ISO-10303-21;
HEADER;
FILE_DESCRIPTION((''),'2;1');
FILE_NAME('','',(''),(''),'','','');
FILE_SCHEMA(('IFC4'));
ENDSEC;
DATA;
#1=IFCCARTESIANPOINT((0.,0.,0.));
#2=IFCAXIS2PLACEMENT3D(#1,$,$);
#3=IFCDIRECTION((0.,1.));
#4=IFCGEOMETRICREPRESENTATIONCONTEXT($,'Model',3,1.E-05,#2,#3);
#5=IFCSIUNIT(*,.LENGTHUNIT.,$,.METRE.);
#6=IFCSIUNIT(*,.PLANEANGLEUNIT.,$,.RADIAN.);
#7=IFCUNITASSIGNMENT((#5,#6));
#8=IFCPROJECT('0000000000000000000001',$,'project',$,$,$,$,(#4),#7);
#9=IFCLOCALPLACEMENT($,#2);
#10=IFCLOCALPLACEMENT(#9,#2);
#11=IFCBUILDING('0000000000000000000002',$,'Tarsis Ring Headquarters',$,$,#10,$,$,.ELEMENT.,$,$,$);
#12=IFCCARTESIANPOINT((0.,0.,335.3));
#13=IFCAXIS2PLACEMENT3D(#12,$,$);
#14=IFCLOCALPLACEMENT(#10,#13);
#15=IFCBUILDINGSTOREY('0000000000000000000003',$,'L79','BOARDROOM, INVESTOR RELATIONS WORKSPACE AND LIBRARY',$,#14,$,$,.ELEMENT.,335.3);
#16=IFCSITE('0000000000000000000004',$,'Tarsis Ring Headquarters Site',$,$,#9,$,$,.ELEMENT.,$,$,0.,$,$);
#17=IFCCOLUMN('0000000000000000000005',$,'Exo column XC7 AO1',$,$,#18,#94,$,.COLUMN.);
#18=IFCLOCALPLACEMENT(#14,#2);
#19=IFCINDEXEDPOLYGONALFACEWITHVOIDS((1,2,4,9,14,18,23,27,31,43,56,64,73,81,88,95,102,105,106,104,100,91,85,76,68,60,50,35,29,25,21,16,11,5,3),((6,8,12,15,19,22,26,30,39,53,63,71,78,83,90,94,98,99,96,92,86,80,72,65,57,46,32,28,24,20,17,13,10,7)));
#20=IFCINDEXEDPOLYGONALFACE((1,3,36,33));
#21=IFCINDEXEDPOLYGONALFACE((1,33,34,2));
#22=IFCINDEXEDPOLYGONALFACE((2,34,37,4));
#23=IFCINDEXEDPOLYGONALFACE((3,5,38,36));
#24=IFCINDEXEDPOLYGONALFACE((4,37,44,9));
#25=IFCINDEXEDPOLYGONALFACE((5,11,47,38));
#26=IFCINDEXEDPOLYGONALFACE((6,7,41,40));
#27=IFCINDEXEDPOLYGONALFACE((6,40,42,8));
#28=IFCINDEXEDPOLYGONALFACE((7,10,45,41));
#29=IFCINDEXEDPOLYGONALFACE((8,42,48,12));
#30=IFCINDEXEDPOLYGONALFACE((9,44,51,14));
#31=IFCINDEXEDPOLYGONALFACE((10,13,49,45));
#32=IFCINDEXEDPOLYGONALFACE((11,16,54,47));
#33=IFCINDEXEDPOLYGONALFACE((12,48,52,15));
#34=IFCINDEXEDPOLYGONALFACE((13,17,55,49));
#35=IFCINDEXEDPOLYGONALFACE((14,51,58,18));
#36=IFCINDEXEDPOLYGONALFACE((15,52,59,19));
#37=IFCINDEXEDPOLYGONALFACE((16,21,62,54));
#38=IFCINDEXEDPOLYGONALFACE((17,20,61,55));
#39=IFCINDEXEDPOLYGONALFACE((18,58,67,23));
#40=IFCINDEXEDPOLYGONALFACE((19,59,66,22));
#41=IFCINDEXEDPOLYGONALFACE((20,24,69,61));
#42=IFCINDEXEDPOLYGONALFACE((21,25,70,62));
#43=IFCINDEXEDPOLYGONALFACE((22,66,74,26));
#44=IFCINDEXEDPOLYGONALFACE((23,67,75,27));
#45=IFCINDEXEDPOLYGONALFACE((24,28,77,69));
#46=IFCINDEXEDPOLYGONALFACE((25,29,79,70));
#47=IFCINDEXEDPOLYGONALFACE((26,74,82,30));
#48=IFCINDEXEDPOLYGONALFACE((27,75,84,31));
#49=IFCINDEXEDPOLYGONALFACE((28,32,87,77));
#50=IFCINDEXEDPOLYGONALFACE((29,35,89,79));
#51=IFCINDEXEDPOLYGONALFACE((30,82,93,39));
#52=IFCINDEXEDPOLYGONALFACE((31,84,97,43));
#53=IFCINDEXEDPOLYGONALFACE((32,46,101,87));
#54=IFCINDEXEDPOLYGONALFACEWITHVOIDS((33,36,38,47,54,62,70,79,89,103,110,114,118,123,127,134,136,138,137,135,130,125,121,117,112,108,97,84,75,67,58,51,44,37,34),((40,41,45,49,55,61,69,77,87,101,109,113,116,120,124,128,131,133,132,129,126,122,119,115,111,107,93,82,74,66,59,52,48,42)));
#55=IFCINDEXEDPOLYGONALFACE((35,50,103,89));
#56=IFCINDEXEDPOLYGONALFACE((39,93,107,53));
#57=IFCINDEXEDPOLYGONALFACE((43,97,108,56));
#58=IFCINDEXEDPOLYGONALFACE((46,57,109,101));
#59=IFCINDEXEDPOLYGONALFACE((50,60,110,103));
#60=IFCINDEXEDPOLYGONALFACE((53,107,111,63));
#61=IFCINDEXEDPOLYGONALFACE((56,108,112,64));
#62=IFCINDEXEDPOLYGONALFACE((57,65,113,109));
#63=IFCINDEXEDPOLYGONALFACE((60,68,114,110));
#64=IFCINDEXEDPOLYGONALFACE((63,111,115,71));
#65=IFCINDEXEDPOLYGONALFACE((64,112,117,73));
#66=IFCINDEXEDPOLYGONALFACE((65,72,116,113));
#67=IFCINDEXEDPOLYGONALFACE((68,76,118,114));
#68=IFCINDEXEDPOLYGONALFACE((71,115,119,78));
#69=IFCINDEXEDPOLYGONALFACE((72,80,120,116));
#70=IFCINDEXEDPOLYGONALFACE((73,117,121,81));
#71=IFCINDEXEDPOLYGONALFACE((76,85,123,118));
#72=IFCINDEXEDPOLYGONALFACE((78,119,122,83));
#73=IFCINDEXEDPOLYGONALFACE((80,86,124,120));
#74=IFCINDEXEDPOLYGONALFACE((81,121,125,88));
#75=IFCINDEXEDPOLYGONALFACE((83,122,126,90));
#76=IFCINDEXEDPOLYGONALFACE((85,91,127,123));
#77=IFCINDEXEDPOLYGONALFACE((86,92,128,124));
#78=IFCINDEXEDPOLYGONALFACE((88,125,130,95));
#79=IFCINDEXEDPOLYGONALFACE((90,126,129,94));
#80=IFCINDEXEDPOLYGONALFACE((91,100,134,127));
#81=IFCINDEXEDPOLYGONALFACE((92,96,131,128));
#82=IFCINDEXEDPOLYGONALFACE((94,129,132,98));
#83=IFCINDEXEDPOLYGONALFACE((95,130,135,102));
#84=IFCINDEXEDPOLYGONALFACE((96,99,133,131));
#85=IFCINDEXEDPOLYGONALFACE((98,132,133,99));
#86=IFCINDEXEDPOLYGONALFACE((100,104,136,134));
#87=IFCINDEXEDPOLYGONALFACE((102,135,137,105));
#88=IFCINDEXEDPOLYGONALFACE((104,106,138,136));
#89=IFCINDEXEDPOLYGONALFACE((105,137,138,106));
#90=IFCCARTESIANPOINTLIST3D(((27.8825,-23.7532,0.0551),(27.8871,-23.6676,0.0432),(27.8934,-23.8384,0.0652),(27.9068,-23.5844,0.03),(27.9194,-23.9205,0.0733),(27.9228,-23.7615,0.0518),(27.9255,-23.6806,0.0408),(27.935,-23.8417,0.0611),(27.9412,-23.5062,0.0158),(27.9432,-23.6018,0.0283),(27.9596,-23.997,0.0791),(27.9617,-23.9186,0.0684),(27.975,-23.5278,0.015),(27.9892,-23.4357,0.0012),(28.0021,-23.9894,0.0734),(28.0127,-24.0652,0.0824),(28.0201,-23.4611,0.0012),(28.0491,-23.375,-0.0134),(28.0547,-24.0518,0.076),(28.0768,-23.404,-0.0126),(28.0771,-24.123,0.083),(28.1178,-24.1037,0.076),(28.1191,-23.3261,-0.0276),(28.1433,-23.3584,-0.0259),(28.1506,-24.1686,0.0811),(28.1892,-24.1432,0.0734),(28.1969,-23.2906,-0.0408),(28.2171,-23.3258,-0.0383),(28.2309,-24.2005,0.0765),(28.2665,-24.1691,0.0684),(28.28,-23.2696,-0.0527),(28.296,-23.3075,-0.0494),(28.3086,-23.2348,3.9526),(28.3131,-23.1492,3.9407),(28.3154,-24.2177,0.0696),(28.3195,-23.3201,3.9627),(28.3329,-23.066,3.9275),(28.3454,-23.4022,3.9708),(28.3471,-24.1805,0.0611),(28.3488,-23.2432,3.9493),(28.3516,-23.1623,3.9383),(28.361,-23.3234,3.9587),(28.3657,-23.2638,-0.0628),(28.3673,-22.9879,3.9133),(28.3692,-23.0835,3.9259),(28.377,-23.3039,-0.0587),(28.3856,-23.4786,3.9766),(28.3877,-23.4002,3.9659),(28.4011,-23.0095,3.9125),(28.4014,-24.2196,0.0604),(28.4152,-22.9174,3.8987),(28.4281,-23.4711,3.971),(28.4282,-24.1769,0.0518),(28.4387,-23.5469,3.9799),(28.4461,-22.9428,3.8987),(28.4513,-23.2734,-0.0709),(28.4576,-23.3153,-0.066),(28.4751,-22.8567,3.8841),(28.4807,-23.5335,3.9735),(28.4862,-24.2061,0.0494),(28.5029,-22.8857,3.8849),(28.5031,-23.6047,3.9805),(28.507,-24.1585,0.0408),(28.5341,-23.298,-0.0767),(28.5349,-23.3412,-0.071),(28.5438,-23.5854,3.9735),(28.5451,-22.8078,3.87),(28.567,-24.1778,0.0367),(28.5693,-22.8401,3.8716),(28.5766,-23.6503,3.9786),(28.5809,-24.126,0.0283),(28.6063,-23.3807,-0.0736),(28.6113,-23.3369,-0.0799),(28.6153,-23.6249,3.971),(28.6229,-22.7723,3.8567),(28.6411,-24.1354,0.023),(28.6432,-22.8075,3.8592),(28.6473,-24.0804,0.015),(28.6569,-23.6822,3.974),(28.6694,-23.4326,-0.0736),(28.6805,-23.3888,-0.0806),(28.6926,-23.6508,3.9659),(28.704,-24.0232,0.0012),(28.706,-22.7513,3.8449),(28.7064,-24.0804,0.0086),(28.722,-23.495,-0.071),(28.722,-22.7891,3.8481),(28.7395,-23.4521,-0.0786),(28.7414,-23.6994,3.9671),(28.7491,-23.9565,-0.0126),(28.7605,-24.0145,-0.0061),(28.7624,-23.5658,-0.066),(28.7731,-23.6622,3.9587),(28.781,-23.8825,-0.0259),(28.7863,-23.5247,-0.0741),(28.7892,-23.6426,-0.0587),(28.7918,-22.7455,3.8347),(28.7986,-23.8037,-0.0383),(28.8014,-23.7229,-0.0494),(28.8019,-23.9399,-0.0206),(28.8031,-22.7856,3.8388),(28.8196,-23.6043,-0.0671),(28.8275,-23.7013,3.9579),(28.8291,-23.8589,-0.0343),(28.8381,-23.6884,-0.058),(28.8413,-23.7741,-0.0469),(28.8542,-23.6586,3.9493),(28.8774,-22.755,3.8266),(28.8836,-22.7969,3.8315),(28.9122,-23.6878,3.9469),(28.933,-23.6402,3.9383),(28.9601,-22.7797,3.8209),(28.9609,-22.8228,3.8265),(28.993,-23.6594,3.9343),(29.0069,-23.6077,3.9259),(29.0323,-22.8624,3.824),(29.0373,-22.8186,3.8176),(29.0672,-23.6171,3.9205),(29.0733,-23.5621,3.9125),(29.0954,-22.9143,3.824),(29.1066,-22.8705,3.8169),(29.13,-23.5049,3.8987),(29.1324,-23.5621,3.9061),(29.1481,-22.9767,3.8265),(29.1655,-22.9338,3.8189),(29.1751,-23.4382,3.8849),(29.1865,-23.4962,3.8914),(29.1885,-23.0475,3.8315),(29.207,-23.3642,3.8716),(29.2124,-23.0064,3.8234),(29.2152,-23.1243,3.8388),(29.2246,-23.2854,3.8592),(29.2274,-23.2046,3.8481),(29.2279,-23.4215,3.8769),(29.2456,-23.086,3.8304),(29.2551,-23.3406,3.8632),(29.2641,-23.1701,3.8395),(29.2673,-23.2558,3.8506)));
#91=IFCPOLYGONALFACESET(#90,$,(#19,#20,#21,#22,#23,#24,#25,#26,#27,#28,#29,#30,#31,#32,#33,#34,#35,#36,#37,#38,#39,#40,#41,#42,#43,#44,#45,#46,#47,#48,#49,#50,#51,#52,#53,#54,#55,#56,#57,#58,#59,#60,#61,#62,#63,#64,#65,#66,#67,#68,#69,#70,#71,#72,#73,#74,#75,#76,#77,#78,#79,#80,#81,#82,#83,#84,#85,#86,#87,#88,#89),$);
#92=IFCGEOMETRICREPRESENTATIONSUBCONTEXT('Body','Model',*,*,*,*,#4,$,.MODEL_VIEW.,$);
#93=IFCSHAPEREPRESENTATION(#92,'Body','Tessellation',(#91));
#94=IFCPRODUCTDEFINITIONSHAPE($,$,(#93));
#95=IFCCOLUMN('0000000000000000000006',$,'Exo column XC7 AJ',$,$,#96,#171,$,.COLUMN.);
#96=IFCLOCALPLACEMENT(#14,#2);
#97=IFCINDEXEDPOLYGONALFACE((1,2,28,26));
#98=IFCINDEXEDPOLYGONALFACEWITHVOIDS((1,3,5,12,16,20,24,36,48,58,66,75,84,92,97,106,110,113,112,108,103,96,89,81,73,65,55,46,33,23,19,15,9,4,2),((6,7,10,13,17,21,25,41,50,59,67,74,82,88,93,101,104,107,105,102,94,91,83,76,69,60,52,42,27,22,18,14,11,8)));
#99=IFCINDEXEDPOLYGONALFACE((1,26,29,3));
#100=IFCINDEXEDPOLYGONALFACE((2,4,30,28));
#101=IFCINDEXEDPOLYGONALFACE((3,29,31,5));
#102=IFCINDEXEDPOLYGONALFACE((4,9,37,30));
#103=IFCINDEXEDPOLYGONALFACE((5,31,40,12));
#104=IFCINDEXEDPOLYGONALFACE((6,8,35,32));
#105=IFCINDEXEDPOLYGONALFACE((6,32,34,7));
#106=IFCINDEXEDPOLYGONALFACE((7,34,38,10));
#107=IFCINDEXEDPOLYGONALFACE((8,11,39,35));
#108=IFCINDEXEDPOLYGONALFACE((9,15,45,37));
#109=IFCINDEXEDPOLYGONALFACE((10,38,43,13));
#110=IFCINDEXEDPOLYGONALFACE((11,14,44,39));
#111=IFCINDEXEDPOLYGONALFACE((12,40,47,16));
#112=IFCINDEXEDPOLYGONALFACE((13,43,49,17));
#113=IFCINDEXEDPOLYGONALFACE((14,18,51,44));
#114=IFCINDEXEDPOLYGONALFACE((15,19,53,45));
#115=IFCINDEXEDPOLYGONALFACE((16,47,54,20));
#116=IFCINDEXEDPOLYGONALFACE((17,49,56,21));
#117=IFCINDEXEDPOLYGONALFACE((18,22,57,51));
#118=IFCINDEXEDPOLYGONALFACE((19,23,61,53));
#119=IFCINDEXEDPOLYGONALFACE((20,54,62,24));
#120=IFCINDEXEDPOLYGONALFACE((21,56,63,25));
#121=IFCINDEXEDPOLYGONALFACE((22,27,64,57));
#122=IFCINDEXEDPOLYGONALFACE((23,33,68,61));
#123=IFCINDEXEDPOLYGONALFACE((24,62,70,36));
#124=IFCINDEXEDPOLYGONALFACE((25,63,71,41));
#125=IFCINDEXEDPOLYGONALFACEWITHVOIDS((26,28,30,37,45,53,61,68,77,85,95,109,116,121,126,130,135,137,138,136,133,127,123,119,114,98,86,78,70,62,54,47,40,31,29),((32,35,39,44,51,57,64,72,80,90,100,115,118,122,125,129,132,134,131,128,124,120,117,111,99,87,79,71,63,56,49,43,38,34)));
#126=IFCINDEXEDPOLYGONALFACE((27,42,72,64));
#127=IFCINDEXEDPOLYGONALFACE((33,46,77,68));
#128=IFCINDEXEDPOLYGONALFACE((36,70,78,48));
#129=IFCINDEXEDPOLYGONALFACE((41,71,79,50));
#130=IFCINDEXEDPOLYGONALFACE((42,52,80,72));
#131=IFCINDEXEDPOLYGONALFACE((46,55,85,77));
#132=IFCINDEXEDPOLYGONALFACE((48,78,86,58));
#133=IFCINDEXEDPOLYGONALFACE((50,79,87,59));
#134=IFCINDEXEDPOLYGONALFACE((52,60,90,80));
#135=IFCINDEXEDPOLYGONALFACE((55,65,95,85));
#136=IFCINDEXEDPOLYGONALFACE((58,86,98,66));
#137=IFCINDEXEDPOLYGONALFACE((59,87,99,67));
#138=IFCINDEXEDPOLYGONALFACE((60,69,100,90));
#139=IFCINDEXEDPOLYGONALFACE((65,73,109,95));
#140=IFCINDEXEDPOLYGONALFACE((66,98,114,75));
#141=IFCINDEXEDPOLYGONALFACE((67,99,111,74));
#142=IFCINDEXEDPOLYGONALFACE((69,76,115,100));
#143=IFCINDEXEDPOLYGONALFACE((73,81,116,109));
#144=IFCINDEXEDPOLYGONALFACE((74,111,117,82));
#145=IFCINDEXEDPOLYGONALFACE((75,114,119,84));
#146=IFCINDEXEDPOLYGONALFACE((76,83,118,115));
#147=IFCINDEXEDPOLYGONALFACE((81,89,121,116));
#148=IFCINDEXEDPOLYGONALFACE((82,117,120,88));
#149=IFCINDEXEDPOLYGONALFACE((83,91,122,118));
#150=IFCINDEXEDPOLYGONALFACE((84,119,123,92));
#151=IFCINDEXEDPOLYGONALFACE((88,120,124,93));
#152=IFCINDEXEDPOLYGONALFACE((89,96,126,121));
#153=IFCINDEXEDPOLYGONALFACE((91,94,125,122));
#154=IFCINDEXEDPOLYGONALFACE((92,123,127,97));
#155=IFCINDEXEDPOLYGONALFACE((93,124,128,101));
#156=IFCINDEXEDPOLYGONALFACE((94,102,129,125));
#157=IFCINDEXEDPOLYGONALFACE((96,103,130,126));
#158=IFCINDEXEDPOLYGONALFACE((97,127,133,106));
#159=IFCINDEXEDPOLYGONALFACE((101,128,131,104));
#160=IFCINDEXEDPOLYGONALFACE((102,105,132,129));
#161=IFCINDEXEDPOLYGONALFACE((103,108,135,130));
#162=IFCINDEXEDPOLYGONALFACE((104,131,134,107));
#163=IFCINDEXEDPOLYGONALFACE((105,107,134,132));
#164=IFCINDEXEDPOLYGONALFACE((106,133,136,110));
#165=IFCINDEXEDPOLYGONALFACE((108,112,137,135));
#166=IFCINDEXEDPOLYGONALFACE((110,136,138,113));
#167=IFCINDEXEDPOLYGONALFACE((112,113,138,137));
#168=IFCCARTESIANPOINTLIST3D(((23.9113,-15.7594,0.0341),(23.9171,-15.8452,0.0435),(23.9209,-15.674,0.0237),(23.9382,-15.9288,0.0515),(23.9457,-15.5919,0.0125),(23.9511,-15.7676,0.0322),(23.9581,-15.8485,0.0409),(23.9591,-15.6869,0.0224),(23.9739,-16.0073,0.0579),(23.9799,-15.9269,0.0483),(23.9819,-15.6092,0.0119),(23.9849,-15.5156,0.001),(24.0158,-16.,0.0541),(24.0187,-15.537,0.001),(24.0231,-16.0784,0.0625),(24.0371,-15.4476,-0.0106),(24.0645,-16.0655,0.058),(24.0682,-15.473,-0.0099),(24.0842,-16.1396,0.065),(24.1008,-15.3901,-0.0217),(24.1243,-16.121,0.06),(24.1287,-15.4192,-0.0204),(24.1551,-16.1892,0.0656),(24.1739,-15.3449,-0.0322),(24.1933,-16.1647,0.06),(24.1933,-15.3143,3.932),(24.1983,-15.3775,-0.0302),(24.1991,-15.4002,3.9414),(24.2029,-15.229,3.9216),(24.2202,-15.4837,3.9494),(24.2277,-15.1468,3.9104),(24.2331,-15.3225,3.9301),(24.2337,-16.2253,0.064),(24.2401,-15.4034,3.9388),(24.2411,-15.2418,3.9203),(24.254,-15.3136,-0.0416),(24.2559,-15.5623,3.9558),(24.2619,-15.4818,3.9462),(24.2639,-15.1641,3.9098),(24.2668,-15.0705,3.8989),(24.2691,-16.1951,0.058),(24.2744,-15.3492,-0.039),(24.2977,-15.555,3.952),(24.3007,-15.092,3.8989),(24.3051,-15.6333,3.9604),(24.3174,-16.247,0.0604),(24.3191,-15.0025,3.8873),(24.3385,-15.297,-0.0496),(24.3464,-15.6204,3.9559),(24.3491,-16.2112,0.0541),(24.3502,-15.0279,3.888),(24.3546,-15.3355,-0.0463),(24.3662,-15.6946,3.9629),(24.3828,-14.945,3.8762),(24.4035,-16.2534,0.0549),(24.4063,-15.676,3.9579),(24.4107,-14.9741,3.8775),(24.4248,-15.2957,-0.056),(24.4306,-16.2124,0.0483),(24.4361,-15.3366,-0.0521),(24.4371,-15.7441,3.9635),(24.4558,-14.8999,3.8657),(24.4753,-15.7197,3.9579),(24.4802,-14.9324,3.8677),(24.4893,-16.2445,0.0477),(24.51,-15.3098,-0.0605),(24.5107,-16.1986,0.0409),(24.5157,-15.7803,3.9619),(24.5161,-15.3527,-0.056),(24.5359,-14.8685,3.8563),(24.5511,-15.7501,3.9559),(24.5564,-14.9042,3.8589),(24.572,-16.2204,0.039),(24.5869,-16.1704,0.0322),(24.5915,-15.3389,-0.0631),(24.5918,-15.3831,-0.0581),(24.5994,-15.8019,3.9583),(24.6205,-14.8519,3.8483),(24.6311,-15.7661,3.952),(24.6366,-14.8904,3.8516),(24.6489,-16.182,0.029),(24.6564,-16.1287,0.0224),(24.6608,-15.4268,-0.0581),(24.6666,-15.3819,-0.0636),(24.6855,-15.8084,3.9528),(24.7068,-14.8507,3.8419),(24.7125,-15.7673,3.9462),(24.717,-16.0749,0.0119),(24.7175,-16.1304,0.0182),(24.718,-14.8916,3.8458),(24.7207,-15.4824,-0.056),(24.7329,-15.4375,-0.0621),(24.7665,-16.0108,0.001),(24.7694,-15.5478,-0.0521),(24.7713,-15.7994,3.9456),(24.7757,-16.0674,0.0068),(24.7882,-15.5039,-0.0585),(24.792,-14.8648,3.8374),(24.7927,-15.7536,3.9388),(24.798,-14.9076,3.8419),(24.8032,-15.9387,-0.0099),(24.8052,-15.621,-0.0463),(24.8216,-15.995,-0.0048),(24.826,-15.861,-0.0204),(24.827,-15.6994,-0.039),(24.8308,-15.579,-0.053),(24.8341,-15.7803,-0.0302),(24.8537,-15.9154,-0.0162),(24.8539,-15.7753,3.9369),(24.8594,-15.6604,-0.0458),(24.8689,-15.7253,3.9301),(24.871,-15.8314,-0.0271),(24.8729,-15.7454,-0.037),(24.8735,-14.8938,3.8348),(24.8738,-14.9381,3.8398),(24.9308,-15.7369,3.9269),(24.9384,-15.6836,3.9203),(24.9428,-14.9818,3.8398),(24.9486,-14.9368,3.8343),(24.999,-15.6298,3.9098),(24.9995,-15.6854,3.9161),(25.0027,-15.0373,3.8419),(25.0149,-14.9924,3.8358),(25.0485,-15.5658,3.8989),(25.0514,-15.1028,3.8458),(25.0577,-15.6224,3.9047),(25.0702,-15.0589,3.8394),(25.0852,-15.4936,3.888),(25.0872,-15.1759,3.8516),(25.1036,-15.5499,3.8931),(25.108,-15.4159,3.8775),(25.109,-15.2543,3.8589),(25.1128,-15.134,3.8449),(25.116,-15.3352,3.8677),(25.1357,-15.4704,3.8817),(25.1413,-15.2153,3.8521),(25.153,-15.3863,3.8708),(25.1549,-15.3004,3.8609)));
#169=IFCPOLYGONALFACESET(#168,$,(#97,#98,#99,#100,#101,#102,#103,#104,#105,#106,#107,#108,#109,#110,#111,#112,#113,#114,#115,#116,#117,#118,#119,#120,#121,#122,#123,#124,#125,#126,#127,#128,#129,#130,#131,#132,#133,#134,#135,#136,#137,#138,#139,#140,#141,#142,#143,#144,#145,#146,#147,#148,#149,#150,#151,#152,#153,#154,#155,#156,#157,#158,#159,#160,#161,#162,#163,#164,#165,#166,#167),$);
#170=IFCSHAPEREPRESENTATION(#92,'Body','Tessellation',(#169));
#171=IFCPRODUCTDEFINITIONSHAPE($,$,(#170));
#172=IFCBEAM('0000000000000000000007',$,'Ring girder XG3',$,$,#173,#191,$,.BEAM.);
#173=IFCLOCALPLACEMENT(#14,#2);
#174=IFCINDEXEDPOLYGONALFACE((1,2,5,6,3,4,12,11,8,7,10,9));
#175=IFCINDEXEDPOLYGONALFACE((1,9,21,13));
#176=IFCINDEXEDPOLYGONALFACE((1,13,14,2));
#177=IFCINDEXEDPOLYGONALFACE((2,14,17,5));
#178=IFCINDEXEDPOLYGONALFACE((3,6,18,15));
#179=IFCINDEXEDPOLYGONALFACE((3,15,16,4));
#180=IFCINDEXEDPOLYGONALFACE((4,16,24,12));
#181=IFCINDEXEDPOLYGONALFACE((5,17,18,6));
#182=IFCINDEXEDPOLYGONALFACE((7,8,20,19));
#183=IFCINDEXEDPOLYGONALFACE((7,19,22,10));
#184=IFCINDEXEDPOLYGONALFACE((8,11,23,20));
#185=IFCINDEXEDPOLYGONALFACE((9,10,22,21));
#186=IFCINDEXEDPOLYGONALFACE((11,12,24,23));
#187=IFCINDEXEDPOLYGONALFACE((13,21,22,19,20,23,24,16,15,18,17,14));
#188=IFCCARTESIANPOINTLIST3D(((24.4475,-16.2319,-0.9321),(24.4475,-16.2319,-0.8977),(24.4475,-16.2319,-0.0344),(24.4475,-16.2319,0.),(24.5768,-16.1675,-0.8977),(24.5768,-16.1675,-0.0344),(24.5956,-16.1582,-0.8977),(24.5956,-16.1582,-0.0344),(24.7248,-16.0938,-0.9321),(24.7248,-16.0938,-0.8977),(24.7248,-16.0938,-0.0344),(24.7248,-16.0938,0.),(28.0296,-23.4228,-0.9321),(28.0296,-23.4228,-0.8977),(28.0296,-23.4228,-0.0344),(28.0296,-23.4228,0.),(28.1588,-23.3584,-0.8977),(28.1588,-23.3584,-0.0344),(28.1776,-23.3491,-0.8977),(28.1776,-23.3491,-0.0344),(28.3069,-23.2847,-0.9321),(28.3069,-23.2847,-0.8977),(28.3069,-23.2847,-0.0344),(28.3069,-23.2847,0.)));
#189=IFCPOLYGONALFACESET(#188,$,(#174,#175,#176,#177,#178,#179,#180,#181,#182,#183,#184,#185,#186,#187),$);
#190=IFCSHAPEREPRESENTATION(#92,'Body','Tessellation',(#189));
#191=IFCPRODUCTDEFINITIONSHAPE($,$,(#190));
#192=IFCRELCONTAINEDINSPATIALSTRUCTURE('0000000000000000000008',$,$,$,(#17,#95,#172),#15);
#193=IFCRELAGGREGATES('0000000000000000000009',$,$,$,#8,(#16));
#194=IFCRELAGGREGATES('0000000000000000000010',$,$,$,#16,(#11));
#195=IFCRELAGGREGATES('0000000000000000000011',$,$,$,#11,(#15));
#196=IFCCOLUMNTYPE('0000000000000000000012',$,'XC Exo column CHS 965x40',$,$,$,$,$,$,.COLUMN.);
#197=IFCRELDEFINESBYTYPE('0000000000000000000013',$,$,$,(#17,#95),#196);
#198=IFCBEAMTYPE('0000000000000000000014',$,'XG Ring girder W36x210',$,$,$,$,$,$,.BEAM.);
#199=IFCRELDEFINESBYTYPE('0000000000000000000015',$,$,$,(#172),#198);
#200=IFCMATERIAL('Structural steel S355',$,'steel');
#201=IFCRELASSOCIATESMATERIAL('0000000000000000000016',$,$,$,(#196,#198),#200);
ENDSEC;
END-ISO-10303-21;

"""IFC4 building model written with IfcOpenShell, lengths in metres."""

from ifc_helpers import new_model, si_unit, direction, frame, origin, origin_2d, place, context, subcontext, project, spatial, hollow_circle, i_section, extrude, material, material_profile, profile_set, type_object, element, save


model = new_model("IFC4")

# Units and contexts
model_context = context("Model", 3, precision=1e-05, world=origin(), true_north=direction((0.0, 1.0)))
body_context = subcontext(model_context, "Body", "Model", "MODEL_VIEW")
ifc_project = project(units=[si_unit("LENGTHUNIT", "METRE"), si_unit("PLANEANGLEUNIT", "RADIAN")], contexts=[model_context])

# Site, building, storey
site_placement = place(None, origin())
site = spatial("IfcSite", under=ifc_project, at=site_placement, Name="Tarsis Ring Headquarters Site", CompositionType="ELEMENT", RefElevation=0.0)
building_placement = place(site_placement, origin())
building = spatial("IfcBuilding", under=site, at=building_placement, Name="Tarsis Ring Headquarters", CompositionType="ELEMENT")
storey_placement = place(building_placement, frame((0.0, 0.0, 335.3)))
storey = spatial("IfcBuildingStorey", under=building, at=storey_placement, Name="L79", Description="BOARDROOM, INVESTOR RELATIONS WORKSPACE AND LIBRARY", CompositionType="ELEMENT", Elevation=335.3)

# Columns
ifc_material_1 = material(Name="Structural steel S355", Category="steel")
ifc_material_profile_1 = material_profile(ifc_material_1, hollow_circle(Radius=0.4827, WallThickness=0.04, at=origin_2d()), Name="CHS 965x40")
ifc_profile_set_1 = profile_set([ifc_material_profile_1], Name="Structural steel S355")
column_type = type_object("IfcColumnType", Name="XC Exo column CHS 965x40", PredefinedType="COLUMN", material=ifc_profile_set_1)
column_1_placement = place(storey_placement, frame((28.3621, -23.7422, 0.0012), z_axis=(0.107724, 0.131059, 0.985504), x_axis=(-0.772529, 0.63498, 0.0)))
element("IfcColumn", 1, at=column_1_placement, inside=storey, type_object=column_type, Name="Exo column XC7 AO1", PredefinedType="COLUMN", context=body_context, shape_type="SweptSolid", body=[
    extrude(hollow_circle(Radius=0.4827, WallThickness=0.04, at=origin_2d()), origin(), (0.0, 0.0, 1.0), 3.9548),
])
column_2_placement = place(storey_placement, frame((24.3926, -15.7739, 0.001), z_axis=(0.071689, 0.113151, 0.990988), x_axis=(-0.844728, 0.535195, 0.0)))
element("IfcColumn", 2, at=column_2_placement, inside=storey, type_object=column_type, Name="Exo column XC7 AJ", PredefinedType="COLUMN", context=body_context, shape_type="SweptSolid", body=[
    extrude(hollow_circle(Radius=0.4827, WallThickness=0.04, at=origin_2d()), origin(), (0.0, 0.0, 1.0), 3.9333),
])

# Beam
ifc_material_profile_2 = material_profile(ifc_material_1, i_section(OverallWidth=0.3098, OverallDepth=0.9321, WebThickness=0.021, FlangeThickness=0.0344, at=origin_2d()), Name="W36x210")
ifc_profile_set_2 = profile_set([ifc_material_profile_2], Name="Structural steel S355")
beam_type = type_object("IfcBeamType", Name="XG Ring girder W36x210", PredefinedType="BEAM", material=ifc_profile_set_2)
beam_1_placement = place(storey_placement, frame((28.1682, -23.3538, -0.4661), z_axis=(-0.445876, 0.895095, 0.0), x_axis=(-0.895095, -0.445876, 0.0)))
element("IfcBeam", 3, at=beam_1_placement, inside=storey, type_object=beam_type, Name="Ring girder XG3", PredefinedType="BEAM", context=body_context, shape_type="SweptSolid", body=[
    extrude(i_section(OverallWidth=0.3098, OverallDepth=0.9321, WebThickness=0.021, FlangeThickness=0.0344, at=origin_2d()), origin(), (0.0, 0.0, 1.0), 8.0337),
])

save(model, "model.ifc")
